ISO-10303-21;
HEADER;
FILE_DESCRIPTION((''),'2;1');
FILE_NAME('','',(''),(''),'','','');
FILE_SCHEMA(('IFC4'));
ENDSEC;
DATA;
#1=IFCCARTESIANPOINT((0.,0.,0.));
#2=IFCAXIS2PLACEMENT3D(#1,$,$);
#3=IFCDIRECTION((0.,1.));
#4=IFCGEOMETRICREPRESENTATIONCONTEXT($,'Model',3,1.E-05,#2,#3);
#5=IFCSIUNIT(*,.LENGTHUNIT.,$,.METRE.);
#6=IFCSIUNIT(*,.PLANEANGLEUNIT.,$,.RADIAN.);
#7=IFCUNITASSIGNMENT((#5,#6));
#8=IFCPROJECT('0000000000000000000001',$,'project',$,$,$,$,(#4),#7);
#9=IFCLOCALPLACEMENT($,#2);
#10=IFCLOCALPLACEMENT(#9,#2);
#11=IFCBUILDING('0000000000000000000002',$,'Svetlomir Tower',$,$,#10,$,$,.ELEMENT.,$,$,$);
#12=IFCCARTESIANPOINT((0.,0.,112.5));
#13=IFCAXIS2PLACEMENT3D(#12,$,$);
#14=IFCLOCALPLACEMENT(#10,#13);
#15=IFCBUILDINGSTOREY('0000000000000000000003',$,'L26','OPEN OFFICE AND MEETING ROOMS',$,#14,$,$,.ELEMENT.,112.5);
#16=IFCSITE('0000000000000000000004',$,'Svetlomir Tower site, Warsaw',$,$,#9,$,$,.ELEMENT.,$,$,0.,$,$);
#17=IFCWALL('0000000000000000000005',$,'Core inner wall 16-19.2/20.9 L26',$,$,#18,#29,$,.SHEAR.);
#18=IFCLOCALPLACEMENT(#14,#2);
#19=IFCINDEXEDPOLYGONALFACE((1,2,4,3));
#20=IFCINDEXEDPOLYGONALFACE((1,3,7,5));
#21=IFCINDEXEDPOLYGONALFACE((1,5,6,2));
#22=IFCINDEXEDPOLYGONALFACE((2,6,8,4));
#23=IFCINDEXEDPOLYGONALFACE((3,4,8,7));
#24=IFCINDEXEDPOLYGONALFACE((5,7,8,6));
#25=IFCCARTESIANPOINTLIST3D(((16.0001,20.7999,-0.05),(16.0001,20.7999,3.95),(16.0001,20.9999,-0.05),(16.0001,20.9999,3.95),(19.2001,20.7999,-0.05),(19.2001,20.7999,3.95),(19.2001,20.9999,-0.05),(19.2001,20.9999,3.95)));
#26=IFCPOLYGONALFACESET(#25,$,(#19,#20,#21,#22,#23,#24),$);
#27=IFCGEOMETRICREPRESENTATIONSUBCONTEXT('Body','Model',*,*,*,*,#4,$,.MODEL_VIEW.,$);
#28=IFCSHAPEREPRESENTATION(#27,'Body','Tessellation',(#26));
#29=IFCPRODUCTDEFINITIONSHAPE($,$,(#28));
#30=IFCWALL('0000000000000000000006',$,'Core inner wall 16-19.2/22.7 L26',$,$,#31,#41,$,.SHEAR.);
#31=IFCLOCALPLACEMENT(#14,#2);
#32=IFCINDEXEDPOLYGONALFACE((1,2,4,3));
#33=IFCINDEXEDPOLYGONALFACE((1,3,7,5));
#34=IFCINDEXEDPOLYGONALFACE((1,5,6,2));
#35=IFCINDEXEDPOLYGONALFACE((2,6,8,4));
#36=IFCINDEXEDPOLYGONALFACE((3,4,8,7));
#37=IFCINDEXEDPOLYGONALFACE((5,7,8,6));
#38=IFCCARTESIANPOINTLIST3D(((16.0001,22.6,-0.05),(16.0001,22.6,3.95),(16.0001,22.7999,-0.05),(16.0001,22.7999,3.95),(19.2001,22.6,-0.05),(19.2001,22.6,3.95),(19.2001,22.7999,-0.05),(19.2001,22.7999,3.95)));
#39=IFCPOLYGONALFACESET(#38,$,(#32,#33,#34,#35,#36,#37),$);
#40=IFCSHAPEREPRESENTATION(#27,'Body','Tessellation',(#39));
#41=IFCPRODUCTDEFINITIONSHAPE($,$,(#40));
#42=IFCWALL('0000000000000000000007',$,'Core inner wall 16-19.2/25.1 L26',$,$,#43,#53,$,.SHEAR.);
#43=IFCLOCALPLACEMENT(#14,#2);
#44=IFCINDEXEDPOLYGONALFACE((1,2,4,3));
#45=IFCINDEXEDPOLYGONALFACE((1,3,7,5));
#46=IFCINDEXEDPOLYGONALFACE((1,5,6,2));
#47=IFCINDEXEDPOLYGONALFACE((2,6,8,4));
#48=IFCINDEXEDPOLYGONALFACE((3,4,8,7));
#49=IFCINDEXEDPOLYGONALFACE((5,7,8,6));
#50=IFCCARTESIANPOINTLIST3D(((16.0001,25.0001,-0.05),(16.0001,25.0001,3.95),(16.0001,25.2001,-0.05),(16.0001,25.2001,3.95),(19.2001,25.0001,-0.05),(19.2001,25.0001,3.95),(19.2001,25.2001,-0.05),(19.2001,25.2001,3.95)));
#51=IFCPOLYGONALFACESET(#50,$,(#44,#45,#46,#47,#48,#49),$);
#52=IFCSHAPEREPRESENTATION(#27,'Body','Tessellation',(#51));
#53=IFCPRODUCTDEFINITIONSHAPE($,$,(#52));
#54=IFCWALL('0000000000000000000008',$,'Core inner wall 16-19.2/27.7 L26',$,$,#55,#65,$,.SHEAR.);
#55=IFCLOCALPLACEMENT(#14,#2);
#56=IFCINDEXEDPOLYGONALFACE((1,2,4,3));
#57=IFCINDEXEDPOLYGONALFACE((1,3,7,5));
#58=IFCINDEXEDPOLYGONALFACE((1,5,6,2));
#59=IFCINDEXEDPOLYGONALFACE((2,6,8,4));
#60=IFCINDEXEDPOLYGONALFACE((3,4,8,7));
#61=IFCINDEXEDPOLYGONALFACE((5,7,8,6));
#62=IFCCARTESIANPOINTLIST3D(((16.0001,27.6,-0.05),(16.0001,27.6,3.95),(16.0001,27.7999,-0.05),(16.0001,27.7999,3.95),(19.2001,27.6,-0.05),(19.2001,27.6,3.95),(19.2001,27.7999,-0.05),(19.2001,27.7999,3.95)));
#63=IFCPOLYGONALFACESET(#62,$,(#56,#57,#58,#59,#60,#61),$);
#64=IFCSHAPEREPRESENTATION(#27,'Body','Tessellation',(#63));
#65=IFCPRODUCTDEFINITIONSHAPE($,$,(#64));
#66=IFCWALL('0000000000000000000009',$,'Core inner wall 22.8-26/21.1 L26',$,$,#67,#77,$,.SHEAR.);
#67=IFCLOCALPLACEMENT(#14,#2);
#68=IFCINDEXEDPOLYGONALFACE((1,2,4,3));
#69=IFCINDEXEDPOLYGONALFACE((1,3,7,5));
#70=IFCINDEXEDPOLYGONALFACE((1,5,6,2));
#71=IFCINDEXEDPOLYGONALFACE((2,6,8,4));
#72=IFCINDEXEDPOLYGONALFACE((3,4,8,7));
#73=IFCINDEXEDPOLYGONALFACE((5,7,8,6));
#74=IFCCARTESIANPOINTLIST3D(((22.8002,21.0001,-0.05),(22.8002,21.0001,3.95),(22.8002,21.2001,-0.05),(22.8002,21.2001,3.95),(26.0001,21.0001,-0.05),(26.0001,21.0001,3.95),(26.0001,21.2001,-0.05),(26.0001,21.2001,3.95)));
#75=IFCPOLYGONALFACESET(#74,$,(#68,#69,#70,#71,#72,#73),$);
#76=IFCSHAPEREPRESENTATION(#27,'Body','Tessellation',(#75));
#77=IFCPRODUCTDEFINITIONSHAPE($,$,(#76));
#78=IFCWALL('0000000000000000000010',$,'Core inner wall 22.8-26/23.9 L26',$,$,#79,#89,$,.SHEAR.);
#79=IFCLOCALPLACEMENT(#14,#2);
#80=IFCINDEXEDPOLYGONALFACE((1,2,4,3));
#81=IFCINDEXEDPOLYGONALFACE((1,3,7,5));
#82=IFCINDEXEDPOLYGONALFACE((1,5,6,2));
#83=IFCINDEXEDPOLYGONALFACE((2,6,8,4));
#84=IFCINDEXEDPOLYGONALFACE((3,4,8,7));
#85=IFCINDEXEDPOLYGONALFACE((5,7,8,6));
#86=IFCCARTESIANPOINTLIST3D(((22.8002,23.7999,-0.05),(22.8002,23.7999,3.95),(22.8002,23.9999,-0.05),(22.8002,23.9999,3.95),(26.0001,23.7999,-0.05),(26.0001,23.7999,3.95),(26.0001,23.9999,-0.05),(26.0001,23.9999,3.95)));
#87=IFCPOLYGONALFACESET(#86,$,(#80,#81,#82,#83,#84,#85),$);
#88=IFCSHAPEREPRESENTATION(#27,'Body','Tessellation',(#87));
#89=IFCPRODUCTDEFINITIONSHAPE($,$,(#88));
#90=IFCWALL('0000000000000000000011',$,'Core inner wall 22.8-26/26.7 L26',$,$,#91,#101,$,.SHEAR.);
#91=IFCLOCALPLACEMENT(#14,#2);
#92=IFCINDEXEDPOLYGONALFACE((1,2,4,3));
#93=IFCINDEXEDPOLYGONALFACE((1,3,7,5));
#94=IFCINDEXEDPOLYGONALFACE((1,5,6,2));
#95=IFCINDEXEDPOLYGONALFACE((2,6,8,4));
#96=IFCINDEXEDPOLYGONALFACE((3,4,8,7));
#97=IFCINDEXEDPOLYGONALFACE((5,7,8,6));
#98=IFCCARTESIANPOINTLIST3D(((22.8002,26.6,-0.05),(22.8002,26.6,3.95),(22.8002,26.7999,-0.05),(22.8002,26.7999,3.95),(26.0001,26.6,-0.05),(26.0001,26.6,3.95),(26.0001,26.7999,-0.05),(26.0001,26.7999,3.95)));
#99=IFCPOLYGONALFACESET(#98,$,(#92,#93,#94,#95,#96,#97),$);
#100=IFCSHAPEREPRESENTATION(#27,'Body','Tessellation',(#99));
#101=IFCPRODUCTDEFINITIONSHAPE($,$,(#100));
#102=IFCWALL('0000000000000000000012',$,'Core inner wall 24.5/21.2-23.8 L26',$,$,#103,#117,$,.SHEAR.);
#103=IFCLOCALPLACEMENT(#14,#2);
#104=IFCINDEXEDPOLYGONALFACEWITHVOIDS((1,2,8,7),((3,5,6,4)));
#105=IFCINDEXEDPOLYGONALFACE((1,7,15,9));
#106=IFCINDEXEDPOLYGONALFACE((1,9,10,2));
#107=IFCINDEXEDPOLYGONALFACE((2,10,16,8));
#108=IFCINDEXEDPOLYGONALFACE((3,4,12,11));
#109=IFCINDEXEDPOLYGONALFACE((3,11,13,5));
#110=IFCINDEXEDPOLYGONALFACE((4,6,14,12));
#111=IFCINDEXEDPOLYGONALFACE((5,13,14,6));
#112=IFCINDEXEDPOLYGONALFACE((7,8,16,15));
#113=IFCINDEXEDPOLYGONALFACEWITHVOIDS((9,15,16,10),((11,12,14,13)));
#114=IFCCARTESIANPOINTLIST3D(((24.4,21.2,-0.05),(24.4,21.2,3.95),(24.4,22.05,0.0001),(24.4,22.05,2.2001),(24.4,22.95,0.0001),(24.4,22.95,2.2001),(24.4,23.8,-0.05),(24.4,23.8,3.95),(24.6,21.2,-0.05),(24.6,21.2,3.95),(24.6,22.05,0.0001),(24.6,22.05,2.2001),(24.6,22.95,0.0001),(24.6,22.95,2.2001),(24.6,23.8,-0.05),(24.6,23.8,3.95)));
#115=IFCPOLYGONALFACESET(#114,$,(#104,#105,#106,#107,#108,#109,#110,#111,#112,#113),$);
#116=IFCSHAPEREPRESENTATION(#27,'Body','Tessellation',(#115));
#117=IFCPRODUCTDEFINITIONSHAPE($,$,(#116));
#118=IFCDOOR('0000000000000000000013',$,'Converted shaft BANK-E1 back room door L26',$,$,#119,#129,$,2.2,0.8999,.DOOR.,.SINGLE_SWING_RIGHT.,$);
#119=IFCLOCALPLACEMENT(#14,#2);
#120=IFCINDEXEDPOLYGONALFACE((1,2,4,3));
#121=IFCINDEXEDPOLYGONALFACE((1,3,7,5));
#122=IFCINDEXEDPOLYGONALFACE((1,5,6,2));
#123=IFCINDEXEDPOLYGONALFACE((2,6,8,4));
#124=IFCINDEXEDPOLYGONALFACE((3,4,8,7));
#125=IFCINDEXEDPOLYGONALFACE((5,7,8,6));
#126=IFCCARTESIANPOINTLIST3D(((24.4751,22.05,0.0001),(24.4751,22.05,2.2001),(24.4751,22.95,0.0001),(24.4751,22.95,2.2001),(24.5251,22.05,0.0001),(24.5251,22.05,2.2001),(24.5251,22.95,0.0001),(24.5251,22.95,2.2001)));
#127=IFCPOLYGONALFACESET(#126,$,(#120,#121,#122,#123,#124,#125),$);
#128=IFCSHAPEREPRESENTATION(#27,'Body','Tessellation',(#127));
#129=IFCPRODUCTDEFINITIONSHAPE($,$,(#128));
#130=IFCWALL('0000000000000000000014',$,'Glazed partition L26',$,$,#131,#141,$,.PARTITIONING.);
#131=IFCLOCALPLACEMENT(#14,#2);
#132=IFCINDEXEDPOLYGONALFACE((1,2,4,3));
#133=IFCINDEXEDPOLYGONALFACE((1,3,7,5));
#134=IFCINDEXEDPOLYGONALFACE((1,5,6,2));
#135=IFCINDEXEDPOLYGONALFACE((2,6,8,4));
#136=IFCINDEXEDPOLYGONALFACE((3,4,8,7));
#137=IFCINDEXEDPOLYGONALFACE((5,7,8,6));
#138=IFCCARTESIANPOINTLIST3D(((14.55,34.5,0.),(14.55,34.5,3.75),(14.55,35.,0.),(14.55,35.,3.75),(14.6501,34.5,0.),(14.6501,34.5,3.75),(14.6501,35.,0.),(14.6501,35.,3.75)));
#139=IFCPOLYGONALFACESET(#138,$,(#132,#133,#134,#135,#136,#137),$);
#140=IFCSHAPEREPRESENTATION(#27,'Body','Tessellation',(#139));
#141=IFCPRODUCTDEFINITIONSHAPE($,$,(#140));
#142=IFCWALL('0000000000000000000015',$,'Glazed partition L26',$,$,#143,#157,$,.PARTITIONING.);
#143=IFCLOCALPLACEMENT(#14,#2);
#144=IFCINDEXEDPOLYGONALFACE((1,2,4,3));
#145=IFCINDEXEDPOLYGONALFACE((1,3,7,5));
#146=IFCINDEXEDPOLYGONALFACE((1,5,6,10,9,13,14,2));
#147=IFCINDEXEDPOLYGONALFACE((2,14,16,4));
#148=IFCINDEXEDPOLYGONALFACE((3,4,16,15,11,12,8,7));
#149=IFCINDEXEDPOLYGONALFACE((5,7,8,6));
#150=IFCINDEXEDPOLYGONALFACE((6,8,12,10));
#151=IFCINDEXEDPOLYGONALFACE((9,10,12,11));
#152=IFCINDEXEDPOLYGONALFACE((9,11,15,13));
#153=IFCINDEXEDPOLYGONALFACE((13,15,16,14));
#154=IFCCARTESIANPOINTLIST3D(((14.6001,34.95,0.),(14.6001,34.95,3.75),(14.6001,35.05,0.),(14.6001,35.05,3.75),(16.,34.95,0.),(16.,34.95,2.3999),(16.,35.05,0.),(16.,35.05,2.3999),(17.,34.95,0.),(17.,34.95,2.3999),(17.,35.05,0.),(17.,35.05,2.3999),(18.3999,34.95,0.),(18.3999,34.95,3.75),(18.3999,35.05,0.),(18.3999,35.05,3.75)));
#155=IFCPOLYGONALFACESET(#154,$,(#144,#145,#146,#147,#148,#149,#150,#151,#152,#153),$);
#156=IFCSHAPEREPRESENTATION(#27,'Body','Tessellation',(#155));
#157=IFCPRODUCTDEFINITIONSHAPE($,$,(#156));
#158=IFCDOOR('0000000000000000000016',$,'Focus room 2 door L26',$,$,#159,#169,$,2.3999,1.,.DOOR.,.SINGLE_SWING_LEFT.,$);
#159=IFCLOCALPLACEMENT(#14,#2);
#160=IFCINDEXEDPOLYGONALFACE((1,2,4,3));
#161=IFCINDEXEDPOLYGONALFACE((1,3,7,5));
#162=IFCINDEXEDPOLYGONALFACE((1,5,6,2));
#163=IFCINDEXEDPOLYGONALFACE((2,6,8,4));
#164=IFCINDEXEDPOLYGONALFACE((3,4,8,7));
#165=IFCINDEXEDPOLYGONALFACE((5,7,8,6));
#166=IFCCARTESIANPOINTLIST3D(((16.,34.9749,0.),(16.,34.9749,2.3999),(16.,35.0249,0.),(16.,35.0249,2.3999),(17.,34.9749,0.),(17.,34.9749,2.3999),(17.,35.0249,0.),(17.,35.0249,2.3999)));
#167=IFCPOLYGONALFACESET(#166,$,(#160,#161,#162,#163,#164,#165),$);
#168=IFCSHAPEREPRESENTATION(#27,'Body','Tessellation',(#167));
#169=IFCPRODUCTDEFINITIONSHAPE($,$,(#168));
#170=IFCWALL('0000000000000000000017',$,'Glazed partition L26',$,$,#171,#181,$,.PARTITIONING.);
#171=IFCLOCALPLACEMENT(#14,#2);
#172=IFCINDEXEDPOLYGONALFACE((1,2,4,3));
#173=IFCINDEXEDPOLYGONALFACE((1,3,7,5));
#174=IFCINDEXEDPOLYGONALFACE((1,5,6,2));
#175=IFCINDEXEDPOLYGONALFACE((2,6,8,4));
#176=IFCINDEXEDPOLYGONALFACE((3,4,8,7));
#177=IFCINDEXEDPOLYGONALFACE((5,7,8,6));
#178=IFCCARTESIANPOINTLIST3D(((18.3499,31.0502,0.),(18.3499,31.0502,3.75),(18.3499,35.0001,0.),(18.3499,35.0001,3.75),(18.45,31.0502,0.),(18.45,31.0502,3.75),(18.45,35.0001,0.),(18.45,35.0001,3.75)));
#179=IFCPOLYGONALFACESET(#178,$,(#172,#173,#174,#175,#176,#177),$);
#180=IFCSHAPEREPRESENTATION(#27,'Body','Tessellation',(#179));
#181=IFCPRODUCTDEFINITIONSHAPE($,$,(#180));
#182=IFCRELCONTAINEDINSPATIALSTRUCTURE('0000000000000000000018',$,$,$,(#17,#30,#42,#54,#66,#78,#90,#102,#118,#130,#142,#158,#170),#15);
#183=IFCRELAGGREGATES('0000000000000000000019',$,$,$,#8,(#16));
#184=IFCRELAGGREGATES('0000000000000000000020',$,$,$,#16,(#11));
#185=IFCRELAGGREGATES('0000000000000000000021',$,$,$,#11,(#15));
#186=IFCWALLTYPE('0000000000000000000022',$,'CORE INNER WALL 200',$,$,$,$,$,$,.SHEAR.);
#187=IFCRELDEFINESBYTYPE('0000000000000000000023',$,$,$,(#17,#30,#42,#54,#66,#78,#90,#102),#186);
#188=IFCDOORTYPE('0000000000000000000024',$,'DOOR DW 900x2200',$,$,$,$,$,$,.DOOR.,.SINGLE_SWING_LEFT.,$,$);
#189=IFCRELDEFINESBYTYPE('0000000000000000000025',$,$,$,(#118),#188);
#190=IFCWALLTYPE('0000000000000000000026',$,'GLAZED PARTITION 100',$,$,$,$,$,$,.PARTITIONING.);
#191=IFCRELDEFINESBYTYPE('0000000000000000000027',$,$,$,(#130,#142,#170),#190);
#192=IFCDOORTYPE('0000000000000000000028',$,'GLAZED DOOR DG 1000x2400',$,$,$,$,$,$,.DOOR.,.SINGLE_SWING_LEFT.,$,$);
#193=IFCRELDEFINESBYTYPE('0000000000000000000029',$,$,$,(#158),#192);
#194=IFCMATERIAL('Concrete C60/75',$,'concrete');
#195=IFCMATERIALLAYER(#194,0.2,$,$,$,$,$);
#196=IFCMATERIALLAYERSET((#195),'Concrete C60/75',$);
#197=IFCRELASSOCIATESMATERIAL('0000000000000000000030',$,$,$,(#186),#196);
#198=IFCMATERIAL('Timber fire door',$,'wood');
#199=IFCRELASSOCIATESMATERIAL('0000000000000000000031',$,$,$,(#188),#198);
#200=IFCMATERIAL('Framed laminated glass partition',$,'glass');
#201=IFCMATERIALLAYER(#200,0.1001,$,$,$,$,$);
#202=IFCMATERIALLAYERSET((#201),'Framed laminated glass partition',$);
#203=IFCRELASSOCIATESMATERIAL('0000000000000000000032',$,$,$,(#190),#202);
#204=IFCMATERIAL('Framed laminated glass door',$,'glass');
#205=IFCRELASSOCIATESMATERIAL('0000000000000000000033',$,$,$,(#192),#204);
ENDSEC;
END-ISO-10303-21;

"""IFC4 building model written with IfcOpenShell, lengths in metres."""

from ifc_helpers import new_model, si_unit, direction, frame, frame_2d, origin, place, context, subcontext, project, spatial, rectangle, extrude, material, layer, layer_set, type_object, element, fill, save


model = new_model("IFC4")

# Units and contexts
model_context = context("Model", 3, precision=1e-05, world=origin(), true_north=direction((0.0, 1.0)))
body_context = subcontext(model_context, "Body", "Model", "MODEL_VIEW")
ifc_project = project(units=[si_unit("LENGTHUNIT", "METRE"), si_unit("PLANEANGLEUNIT", "RADIAN")], contexts=[model_context])

# Site, building, storey
site_placement = place(None, origin())
site = spatial("IfcSite", under=ifc_project, at=site_placement, Name="Svetlomir Tower site, Warsaw", CompositionType="ELEMENT", RefElevation=0.0)
building_placement = place(site_placement, origin())
building = spatial("IfcBuilding", under=site, at=building_placement, Name="Svetlomir Tower", CompositionType="ELEMENT")
storey_placement = place(building_placement, frame((0.0, 0.0, 112.5)))
storey = spatial("IfcBuildingStorey", under=building, at=storey_placement, Name="L26", Description="OPEN OFFICE AND MEETING ROOMS", CompositionType="ELEMENT", Elevation=112.5)

# Walls
ifc_material_1 = material(Name="Concrete C60/75", Category="concrete")
ifc_layer_1 = layer(ifc_material_1, 0.2)
ifc_layer_set_1 = layer_set([ifc_layer_1], Name="Concrete C60/75")
wall_type_1 = type_object("IfcWallType", Name="CORE INNER WALL 200", PredefinedType="SHEAR", material=ifc_layer_set_1)
for number, where, z_axis, x_axis, name in (
    (1, (16.0, 20.8999, -0.05), (0.0, 0.0, 1.0), (1.0, 0.0, 0.0), "Core inner wall 16-19.2/20.9 L26"),
    (2, (16.0, 22.7, -0.05), (0.0, 0.0, 1.0), (1.0, 0.0, 0.0), "Core inner wall 16-19.2/22.7 L26"),
    (3, (16.0, 25.1001, -0.05), (0.0, 0.0, 1.0), (1.0, 0.0, 0.0), "Core inner wall 16-19.2/25.1 L26"),
    (4, (16.0, 27.7, -0.05), (0.0, 0.0, 1.0), (1.0, 0.0, 0.0), "Core inner wall 16-19.2/27.7 L26"),
    (5, (22.8, 21.1001, -0.05), (0.0, 0.0, 1.0), (1.0, 0.0, 0.0), "Core inner wall 22.8-26/21.1 L26"),
    (6, (22.8, 23.8999, -0.05), (0.0, 0.0, 1.0), (1.0, 0.0, 0.0), "Core inner wall 22.8-26/23.9 L26"),
    (7, (22.8, 26.7, -0.05), (0.0, 0.0, 1.0), (1.0, 0.0, 0.0), "Core inner wall 22.8-26/26.7 L26"),
):
    element("IfcWall", number, at=place(storey_placement, frame(where, z_axis=z_axis, x_axis=x_axis)), inside=storey, type_object=wall_type_1, Name=name, PredefinedType="SHEAR", context=body_context, shape_type="SweptSolid", body=[
        extrude(rectangle(XDim=3.2, YDim=0.2, at=frame_2d((1.6001, 0.0))), origin(), (0.0, 0.0, 1.0), 4.0),
    ])

# Wall, opening, door
wall_1_placement = place(storey_placement, frame((24.5, 21.2, -0.05), z_axis=(0.0, 0.0, 1.0), x_axis=(0.0, 1.0, 0.0)))
wall_1 = element("IfcWall", 8, at=wall_1_placement, inside=storey, type_object=wall_type_1, Name="Core inner wall 24.5/21.2-23.8 L26", PredefinedType="SHEAR", context=body_context, shape_type="SweptSolid", body=[
    extrude(rectangle(XDim=2.6001, YDim=0.2, at=frame_2d((1.3, 0.0))), origin(), (0.0, 0.0, 1.0), 4.0),
])
opening_1_placement = place(wall_1_placement, frame((0.8501, 0.0, 0.05)))
opening_1 = element("IfcOpeningElement", 9, at=opening_1_placement, cuts=wall_1, PredefinedType="OPENING", context=body_context, shape_type="SweptSolid", body=[
    extrude(rectangle(XDim=0.8999, YDim=2.2, at=frame_2d((0.45, 1.1001))), frame((0.0, 0.1099, 0.0), z_axis=(0.0, -1.0, 0.0), x_axis=(1.0, 0.0, 0.0)), (0.0, 0.0, 1.0), 0.22),
])
ifc_material_2 = material(Name="Timber fire door", Category="wood")
door_type_1 = type_object("IfcDoorType", Name="DOOR DW 900x2200", OperationType="SINGLE_SWING_LEFT", PredefinedType="DOOR", material=ifc_material_2)
door_1_placement = place(opening_1_placement, origin())
door_1 = element("IfcDoor", 10, at=door_1_placement, inside=storey, type_object=door_type_1, Name="Converted shaft BANK-E1 back room door L26", OperationType="SINGLE_SWING_RIGHT", OverallHeight=2.2, OverallWidth=0.8999, PredefinedType="DOOR", context=body_context, shape_type="SweptSolid", body=[
    extrude(rectangle(XDim=0.8999, YDim=2.2, at=frame_2d((0.45, 1.1001))), frame((0.0, 0.0249, 0.0), z_axis=(0.0, -1.0, 0.0), x_axis=(1.0, 0.0, 0.0)), (0.0, 0.0, 1.0), 0.05),
])
fill(opening_1, door_1)

# Wall
ifc_material_3 = material(Name="Framed laminated glass partition", Category="glass")
ifc_layer_2 = layer(ifc_material_3, 0.1001)
ifc_layer_set_2 = layer_set([ifc_layer_2], Name="Framed laminated glass partition")
wall_type_2 = type_object("IfcWallType", Name="GLAZED PARTITION 100", PredefinedType="PARTITIONING", material=ifc_layer_set_2)
wall_2_placement = place(storey_placement, frame((14.6001, 34.5, 0.0), z_axis=(0.0, 0.0, 1.0), x_axis=(0.0, 1.0, 0.0)))
element("IfcWall", 11, at=wall_2_placement, inside=storey, type_object=wall_type_2, Name="Glazed partition L26", PredefinedType="PARTITIONING", context=body_context, shape_type="SweptSolid", body=[
    extrude(rectangle(XDim=0.5, YDim=0.1001, at=frame_2d((0.25, 0.0))), origin(), (0.0, 0.0, 1.0), 3.75),
])

# Wall, opening, door
wall_3_placement = place(storey_placement, frame((14.6001, 35.0, 0.0), z_axis=(0.0, 0.0, 1.0), x_axis=(1.0, 0.0, 0.0)))
wall_3 = element("IfcWall", 12, at=wall_3_placement, inside=storey, type_object=wall_type_2, Name="Glazed partition L26", PredefinedType="PARTITIONING", context=body_context, shape_type="SweptSolid", body=[
    extrude(rectangle(XDim=3.7998, YDim=0.1001, at=frame_2d((1.8999, 0.0))), origin(), (0.0, 0.0, 1.0), 3.75),
])
opening_2_placement = place(wall_3_placement, frame((1.3999, 0.0, 0.0)))
opening_2 = element("IfcOpeningElement", 13, at=opening_2_placement, cuts=wall_3, PredefinedType="OPENING", context=body_context, shape_type="SweptSolid", body=[
    extrude(rectangle(XDim=1.0, YDim=2.3999, at=frame_2d((0.5, 1.2))), frame((0.0, 0.0601, 0.0), z_axis=(0.0, -1.0, 0.0), x_axis=(1.0, 0.0, 0.0)), (0.0, 0.0, 1.0), 0.1201),
])
ifc_material_4 = material(Name="Framed laminated glass door", Category="glass")
door_type_2 = type_object("IfcDoorType", Name="GLAZED DOOR DG 1000x2400", OperationType="SINGLE_SWING_LEFT", PredefinedType="DOOR", material=ifc_material_4)
door_2_placement = place(opening_2_placement, origin())
door_2 = element("IfcDoor", 14, at=door_2_placement, inside=storey, type_object=door_type_2, Name="Focus room 2 door L26", OperationType="SINGLE_SWING_LEFT", OverallHeight=2.3999, OverallWidth=1.0, PredefinedType="DOOR", context=body_context, shape_type="SweptSolid", body=[
    extrude(rectangle(XDim=1.0, YDim=2.3999, at=frame_2d((0.5, 1.2))), frame((0.0, 0.0249, 0.0), z_axis=(0.0, -1.0, 0.0), x_axis=(1.0, 0.0, 0.0)), (0.0, 0.0, 1.0), 0.05),
])
fill(opening_2, door_2)

# Wall
wall_4_placement = place(storey_placement, frame((18.3999, 31.05, 0.0), z_axis=(0.0, 0.0, 1.0), x_axis=(0.0, 1.0, 0.0)))
element("IfcWall", 15, at=wall_4_placement, inside=storey, type_object=wall_type_2, Name="Glazed partition L26", PredefinedType="PARTITIONING", context=body_context, shape_type="SweptSolid", body=[
    extrude(rectangle(XDim=3.95, YDim=0.1001, at=frame_2d((1.9751, 0.0))), origin(), (0.0, 0.0, 1.0), 3.75),
])

save(model, "model.ifc")
